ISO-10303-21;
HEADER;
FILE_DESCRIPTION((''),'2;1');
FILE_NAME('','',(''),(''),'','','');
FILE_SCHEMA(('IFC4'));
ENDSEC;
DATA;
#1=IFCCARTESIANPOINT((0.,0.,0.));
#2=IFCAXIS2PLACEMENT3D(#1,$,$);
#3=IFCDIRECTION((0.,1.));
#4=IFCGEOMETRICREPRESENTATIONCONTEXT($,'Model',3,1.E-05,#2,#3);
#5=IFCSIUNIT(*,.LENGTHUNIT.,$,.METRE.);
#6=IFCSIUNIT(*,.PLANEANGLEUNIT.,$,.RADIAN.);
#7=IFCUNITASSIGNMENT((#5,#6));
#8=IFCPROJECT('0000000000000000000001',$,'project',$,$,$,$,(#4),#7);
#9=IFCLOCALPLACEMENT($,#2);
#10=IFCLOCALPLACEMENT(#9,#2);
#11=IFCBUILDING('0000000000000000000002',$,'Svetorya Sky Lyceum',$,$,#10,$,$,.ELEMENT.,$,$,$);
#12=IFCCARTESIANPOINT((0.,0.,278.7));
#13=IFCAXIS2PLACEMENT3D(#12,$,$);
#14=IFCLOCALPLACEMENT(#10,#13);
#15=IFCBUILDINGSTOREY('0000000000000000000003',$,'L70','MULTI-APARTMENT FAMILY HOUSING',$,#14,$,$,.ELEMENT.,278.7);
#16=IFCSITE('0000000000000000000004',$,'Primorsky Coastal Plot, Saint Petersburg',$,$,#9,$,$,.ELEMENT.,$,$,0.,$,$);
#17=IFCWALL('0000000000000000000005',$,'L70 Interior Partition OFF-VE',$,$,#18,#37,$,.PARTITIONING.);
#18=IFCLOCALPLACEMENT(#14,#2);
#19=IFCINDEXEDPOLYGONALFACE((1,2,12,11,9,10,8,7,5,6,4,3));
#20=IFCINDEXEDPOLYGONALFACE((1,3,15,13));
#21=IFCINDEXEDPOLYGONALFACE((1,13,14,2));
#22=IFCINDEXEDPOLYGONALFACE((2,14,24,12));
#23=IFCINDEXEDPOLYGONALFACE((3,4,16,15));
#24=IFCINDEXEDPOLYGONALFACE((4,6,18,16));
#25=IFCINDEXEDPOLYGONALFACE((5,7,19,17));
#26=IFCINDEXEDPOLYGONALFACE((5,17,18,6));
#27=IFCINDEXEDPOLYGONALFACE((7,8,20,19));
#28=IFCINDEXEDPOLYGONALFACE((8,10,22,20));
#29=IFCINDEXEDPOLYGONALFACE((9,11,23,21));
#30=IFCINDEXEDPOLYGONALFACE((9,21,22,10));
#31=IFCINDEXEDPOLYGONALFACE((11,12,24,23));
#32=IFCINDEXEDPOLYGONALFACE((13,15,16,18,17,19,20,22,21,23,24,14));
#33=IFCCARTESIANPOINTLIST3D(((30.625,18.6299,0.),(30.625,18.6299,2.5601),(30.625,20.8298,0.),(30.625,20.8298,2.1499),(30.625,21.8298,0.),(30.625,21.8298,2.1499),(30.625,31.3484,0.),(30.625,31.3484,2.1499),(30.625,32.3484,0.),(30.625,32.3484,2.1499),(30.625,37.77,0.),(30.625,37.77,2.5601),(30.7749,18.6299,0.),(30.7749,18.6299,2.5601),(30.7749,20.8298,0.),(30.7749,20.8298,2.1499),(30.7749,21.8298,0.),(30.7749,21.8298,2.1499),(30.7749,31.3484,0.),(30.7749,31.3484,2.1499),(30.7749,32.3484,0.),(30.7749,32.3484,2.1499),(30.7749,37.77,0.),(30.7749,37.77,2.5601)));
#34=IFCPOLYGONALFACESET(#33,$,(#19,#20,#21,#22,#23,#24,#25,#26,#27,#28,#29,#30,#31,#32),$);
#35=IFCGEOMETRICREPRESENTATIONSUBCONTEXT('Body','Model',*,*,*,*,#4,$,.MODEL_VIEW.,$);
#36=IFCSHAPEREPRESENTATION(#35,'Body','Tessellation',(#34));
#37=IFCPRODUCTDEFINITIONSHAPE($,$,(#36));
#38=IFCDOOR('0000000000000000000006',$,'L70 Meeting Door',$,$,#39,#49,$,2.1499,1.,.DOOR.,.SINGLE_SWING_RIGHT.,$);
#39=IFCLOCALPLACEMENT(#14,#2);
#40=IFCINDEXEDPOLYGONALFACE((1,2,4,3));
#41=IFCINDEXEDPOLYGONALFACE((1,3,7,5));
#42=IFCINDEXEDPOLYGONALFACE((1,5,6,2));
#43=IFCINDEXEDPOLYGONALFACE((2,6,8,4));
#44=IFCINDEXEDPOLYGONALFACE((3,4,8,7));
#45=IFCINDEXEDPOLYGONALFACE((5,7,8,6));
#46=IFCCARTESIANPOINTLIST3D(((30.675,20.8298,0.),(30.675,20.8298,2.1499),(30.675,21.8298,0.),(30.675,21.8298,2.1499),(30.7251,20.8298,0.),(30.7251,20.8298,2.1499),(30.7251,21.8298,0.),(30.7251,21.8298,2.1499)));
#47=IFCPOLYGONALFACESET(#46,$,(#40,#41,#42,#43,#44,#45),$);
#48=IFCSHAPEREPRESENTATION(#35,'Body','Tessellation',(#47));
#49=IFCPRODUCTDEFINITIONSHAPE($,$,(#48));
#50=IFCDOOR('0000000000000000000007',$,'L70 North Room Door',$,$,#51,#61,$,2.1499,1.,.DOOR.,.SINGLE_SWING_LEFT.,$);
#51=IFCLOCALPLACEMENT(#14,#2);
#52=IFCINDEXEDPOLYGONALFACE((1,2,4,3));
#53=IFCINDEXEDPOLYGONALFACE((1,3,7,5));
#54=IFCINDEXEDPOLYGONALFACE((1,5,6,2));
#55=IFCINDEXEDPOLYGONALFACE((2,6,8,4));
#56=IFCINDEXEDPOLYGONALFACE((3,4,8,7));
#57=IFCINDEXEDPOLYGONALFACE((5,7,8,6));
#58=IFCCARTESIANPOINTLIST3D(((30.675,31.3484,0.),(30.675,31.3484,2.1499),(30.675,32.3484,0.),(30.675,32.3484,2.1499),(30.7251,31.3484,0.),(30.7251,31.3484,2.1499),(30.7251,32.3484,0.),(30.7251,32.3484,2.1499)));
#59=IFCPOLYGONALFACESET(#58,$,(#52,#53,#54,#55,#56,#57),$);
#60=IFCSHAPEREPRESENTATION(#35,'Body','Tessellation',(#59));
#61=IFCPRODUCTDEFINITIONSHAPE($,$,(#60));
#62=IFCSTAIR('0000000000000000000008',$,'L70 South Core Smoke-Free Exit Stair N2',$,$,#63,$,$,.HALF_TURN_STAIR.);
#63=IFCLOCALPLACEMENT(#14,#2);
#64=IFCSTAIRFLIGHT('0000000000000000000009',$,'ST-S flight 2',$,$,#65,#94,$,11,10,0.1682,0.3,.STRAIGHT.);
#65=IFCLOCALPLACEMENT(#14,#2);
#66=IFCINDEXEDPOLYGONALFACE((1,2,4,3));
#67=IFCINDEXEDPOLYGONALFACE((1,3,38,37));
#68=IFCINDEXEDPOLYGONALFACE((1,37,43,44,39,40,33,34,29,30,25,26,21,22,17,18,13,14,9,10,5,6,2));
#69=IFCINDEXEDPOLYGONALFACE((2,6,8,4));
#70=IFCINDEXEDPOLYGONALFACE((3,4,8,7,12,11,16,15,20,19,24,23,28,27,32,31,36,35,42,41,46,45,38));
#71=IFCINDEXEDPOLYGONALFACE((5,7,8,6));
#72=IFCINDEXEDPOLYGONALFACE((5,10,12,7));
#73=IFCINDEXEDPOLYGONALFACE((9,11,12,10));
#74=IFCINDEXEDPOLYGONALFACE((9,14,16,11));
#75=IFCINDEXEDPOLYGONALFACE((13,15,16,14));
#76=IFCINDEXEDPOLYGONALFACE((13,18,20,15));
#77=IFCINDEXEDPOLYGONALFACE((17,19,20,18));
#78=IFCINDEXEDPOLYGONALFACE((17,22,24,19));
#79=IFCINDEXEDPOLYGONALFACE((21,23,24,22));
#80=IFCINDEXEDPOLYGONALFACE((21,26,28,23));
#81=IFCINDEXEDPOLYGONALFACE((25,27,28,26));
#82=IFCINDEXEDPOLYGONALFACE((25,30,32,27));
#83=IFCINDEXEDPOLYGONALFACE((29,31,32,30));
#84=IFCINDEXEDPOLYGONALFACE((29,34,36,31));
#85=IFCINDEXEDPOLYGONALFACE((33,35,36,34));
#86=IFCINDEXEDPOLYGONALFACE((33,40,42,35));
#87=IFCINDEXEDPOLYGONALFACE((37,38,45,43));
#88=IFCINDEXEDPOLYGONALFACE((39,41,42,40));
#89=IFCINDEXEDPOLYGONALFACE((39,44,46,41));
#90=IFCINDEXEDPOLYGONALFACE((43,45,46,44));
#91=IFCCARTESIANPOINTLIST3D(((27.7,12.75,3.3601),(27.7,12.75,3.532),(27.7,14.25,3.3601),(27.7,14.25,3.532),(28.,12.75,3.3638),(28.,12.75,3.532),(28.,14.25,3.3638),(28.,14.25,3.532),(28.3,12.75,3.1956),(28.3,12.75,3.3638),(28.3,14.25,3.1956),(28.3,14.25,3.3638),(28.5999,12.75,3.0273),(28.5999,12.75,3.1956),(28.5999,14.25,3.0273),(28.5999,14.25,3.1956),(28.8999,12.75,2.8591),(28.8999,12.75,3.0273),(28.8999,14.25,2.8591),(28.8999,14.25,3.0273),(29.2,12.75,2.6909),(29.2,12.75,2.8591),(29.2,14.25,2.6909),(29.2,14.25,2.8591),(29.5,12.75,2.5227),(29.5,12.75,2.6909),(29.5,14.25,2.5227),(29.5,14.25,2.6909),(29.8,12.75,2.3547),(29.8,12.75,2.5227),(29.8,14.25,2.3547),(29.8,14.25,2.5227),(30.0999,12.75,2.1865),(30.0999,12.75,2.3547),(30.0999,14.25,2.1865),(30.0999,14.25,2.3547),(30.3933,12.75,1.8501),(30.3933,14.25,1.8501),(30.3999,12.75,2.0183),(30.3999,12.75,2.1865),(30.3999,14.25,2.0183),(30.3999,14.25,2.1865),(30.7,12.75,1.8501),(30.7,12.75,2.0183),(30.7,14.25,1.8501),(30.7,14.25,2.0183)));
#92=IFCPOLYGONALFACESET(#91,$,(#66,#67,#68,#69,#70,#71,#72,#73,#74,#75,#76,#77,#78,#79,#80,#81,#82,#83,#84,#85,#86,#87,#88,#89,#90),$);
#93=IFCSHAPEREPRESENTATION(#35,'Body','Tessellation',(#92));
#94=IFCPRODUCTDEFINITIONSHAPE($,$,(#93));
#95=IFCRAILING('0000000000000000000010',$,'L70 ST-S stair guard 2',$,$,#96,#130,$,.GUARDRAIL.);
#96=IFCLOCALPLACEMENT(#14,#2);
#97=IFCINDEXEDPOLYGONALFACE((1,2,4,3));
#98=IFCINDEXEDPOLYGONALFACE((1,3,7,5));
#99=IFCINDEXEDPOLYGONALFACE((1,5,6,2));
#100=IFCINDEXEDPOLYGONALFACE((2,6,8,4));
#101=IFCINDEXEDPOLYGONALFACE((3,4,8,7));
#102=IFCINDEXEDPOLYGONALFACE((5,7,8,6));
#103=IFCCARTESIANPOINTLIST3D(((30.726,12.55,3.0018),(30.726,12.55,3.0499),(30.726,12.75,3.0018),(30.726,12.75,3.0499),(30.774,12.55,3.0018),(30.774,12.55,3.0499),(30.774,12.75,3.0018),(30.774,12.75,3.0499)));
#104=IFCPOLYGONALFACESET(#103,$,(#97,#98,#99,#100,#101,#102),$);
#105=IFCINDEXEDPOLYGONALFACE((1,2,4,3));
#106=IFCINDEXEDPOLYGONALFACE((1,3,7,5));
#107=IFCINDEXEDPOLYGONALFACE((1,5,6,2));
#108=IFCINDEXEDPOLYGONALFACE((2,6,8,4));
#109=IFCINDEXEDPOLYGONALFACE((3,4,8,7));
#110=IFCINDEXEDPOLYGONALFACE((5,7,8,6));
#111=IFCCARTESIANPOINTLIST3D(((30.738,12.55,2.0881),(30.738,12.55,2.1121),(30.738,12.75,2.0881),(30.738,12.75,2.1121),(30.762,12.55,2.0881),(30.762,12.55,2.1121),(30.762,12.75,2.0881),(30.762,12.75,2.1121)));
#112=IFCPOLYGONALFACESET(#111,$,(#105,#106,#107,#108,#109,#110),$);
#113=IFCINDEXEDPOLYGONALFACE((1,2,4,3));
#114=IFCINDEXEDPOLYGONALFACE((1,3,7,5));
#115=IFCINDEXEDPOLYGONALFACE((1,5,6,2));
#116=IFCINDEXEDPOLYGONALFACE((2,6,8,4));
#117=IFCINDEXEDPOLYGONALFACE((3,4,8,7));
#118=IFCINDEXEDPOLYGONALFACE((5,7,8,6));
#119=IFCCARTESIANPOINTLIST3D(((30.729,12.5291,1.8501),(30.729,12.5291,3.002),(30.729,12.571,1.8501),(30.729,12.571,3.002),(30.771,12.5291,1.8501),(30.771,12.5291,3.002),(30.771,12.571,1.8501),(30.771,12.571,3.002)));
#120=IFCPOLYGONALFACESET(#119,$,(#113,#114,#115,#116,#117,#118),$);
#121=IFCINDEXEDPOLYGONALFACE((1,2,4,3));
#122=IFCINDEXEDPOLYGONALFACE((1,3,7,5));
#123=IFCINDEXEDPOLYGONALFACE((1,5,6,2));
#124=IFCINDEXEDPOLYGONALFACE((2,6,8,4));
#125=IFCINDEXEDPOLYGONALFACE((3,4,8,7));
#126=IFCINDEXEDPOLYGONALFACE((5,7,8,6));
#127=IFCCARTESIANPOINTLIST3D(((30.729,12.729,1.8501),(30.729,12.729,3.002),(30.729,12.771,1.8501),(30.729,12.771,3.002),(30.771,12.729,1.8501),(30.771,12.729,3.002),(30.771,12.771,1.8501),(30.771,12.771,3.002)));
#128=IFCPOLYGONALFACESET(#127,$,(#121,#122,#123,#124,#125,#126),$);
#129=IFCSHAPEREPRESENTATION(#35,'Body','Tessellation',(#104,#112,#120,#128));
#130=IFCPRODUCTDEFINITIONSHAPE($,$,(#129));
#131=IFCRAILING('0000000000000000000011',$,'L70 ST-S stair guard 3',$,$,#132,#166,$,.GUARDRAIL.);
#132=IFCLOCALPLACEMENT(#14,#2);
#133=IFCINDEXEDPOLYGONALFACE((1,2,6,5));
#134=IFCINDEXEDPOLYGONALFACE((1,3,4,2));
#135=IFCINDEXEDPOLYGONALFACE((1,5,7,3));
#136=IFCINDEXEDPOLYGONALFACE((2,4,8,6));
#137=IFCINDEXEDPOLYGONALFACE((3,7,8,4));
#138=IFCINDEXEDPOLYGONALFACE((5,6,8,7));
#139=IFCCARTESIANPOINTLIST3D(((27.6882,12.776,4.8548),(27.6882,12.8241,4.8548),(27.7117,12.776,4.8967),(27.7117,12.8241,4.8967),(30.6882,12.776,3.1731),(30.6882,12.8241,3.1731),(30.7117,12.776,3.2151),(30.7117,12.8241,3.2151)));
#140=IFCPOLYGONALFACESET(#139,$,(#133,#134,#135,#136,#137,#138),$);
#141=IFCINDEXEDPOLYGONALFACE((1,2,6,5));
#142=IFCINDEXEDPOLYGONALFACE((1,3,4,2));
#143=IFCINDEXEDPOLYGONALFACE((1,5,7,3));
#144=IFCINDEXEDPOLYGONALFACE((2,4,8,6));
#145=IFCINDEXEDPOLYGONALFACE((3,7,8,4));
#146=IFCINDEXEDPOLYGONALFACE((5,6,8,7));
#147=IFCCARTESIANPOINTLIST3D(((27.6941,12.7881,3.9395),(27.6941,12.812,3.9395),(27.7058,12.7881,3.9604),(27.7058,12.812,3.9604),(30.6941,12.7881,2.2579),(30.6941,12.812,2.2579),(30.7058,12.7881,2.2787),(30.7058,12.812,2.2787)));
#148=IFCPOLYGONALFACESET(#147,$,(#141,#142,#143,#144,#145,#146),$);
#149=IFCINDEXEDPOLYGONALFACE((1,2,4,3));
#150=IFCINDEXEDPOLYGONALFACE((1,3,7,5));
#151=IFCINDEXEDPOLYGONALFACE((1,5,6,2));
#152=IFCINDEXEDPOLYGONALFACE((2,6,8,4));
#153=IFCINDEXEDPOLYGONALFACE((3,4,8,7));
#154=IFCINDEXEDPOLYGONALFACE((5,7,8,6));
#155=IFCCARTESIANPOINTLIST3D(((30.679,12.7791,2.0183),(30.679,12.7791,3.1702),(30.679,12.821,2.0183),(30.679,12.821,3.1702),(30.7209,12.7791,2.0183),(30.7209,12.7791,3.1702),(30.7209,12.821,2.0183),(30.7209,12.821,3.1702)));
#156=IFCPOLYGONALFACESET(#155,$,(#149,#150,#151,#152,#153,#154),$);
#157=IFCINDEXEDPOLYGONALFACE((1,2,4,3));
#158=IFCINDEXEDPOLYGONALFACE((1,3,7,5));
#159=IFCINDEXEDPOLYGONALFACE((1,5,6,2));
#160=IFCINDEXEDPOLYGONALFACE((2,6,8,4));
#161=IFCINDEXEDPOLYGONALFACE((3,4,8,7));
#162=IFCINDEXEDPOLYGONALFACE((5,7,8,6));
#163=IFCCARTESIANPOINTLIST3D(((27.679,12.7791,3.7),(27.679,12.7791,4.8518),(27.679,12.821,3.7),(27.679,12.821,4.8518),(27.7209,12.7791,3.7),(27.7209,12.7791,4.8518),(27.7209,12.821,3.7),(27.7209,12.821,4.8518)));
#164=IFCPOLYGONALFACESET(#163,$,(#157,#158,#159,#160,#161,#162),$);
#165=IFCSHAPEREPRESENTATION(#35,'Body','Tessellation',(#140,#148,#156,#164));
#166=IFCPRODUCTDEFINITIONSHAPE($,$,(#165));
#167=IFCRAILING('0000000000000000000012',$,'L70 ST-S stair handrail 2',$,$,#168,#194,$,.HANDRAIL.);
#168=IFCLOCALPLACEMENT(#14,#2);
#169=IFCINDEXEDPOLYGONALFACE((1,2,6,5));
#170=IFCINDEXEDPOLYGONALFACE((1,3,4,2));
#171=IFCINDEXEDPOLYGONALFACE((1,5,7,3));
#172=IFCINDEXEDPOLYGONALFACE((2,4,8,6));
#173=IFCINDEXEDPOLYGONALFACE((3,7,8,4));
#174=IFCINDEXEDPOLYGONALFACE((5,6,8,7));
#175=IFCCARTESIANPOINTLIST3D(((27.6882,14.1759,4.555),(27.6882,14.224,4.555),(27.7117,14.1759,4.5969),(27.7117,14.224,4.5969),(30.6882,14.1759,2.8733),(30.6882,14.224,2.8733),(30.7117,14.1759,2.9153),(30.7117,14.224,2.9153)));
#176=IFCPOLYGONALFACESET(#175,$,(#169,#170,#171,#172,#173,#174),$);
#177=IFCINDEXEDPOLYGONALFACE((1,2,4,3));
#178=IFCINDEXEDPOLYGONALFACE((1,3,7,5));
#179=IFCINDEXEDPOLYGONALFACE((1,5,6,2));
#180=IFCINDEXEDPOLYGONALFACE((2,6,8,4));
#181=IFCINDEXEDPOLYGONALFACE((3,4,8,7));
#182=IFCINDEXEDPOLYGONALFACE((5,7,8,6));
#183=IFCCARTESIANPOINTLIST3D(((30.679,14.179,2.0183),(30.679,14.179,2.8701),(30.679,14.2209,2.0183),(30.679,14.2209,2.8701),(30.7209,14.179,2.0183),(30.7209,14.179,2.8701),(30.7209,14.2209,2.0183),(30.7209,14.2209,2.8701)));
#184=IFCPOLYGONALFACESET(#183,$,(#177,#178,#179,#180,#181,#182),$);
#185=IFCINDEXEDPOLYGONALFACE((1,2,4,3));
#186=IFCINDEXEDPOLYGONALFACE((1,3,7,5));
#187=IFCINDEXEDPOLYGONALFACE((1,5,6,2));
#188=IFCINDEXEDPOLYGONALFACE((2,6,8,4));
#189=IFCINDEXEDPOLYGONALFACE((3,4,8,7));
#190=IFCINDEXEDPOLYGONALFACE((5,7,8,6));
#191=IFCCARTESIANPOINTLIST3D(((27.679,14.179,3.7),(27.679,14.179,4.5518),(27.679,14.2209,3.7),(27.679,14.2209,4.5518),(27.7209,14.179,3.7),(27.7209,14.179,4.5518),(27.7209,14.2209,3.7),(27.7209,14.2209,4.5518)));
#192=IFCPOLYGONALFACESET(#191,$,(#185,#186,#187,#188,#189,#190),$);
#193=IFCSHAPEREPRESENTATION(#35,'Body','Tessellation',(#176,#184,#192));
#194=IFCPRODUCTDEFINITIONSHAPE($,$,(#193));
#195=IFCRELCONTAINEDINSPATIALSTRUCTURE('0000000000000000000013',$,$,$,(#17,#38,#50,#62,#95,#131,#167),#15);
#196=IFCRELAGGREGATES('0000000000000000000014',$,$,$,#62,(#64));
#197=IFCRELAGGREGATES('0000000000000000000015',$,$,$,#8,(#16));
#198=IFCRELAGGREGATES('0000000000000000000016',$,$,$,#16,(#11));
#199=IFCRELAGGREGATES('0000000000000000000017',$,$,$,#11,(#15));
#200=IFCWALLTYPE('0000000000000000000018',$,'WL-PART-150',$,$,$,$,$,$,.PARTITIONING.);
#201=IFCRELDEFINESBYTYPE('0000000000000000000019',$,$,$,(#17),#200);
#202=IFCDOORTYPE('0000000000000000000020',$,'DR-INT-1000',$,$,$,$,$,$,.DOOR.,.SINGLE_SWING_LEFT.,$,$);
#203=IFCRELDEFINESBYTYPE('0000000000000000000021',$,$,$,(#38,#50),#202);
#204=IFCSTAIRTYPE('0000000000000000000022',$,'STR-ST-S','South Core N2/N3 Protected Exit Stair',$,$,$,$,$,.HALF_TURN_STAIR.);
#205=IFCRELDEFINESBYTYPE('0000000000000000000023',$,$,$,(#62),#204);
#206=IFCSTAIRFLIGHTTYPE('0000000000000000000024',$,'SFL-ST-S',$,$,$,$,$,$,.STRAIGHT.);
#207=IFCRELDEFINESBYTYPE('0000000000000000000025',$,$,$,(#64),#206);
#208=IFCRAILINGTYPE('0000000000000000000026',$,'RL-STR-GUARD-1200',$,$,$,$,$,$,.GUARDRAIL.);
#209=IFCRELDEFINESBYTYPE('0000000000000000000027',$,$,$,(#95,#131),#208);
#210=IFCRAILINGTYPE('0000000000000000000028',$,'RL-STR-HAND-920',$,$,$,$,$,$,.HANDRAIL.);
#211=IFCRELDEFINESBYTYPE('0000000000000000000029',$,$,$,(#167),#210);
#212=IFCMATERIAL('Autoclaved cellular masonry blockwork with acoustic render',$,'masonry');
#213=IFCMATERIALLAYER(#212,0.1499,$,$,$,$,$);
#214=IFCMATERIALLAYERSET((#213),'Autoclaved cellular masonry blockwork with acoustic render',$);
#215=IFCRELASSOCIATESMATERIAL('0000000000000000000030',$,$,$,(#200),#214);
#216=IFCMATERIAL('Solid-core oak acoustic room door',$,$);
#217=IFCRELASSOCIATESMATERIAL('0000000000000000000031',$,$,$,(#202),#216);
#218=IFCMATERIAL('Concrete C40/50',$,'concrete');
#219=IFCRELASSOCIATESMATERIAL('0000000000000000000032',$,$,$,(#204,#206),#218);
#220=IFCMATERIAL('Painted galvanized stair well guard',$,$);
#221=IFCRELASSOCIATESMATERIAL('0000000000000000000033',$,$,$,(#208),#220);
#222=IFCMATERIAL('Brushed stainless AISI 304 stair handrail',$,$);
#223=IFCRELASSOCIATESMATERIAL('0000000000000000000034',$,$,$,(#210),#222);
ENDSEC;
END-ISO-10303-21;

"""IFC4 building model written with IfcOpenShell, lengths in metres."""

from ifc_helpers import new_model, si_unit, direction, frame, frame_2d, origin, origin_2d, place, context, subcontext, project, spatial, polyline, rectangle, outline, extrude, material, layer, layer_set, type_object, element, fill, aggregate, save


model = new_model("IFC4")

# Units and contexts
model_context = context("Model", 3, precision=1e-05, world=origin(), true_north=direction((0.0, 1.0)))
body_context = subcontext(model_context, "Body", "Model", "MODEL_VIEW")
ifc_project = project(units=[si_unit("LENGTHUNIT", "METRE"), si_unit("PLANEANGLEUNIT", "RADIAN")], contexts=[model_context])

# Site, building, storey
site_placement = place(None, origin())
site = spatial("IfcSite", under=ifc_project, at=site_placement, Name="Primorsky Coastal Plot, Saint Petersburg", CompositionType="ELEMENT", RefElevation=0.0)
building_placement = place(site_placement, origin())
building = spatial("IfcBuilding", under=site, at=building_placement, Name="Svetorya Sky Lyceum", CompositionType="ELEMENT")
storey_placement = place(building_placement, frame((0.0, 0.0, 278.7)))
storey = spatial("IfcBuildingStorey", under=building, at=storey_placement, Name="L70", Description="MULTI-APARTMENT FAMILY HOUSING", CompositionType="ELEMENT", Elevation=278.7)

# Shared definitions
ifc_material_1 = material(Name="Concrete C40/50", Category="concrete")
ifc_material_2 = material(Name="Autoclaved cellular masonry blockwork with acoustic render", Category="masonry")
ifc_layer_1 = layer(ifc_material_2, 0.1499)
ifc_layer_set_1 = layer_set([ifc_layer_1], Name="Autoclaved cellular masonry blockwork with acoustic render")
wall_type_1 = type_object("IfcWallType", Name="WL-PART-150", PredefinedType="PARTITIONING", material=ifc_layer_set_1)

# Shared definitions
ifc_material_3 = material(Name="Solid-core oak acoustic room door")
door_type_1 = type_object("IfcDoorType", Name="DR-INT-1000", OperationType="SINGLE_SWING_LEFT", PredefinedType="DOOR", material=ifc_material_3)

# Wall, openings, doors
wall_1_placement = place(storey_placement, frame((30.7, 18.6299, 0.0), z_axis=(0.0, 0.0, 1.0), x_axis=(0.0, 1.0, 0.0)))
wall_1 = element("IfcWall", 1, at=wall_1_placement, inside=storey, type_object=wall_type_1, Name="L70 Interior Partition OFF-VE", PredefinedType="PARTITIONING", context=body_context, shape_type="SweptSolid", body=[
    extrude(rectangle(XDim=19.1401, YDim=0.1499, at=frame_2d((9.5701, 0.0))), origin(), (0.0, 0.0, 1.0), 2.5601),
])
opening_1_placement = place(wall_1_placement, frame((2.2, 0.0, 0.0)))
opening_1 = element("IfcOpeningElement", 2, at=opening_1_placement, cuts=wall_1, PredefinedType="OPENING", context=body_context, shape_type="SweptSolid", body=[
    extrude(rectangle(XDim=1.0, YDim=2.1499, at=frame_2d((0.5, 1.075))), frame((0.0, 0.085, 0.0), z_axis=(0.0, -1.0, 0.0), x_axis=(1.0, 0.0, 0.0)), (0.0, 0.0, 1.0), 0.1699),
])
opening_2_placement = place(wall_1_placement, frame((12.7185, 0.0, 0.0)))
opening_2 = element("IfcOpeningElement", 3, at=opening_2_placement, cuts=wall_1, PredefinedType="OPENING", context=body_context, shape_type="SweptSolid", body=[
    extrude(rectangle(XDim=1.0, YDim=2.1499, at=frame_2d((0.5, 1.075))), frame((0.0, 0.085, 0.0), z_axis=(0.0, -1.0, 0.0), x_axis=(1.0, 0.0, 0.0)), (0.0, 0.0, 1.0), 0.1699),
])
door_1_placement = place(opening_1_placement, origin())
door_1 = element("IfcDoor", 4, at=door_1_placement, inside=storey, type_object=door_type_1, Name="L70 Meeting Door", OperationType="SINGLE_SWING_RIGHT", OverallHeight=2.1499, OverallWidth=1.0, PredefinedType="DOOR", context=body_context, shape_type="SweptSolid", body=[
    extrude(rectangle(XDim=1.0, YDim=2.1499, at=frame_2d((0.5, 1.075))), frame((0.0, 0.0249, 0.0), z_axis=(0.0, -1.0, 0.0), x_axis=(1.0, 0.0, 0.0)), (0.0, 0.0, 1.0), 0.05),
])
fill(opening_1, door_1)
door_2_placement = place(opening_2_placement, origin())
door_2 = element("IfcDoor", 5, at=door_2_placement, inside=storey, type_object=door_type_1, Name="L70 North Room Door", OperationType="SINGLE_SWING_LEFT", OverallHeight=2.1499, OverallWidth=1.0, PredefinedType="DOOR", context=body_context, shape_type="SweptSolid", body=[
    extrude(rectangle(XDim=1.0, YDim=2.1499, at=frame_2d((0.5, 1.075))), frame((0.0, 0.0249, 0.0), z_axis=(0.0, -1.0, 0.0), x_axis=(1.0, 0.0, 0.0)), (0.0, 0.0, 1.0), 0.05),
])
fill(opening_2, door_2)

# Stair, stair flight
stair_type = type_object("IfcStairType", Name="STR-ST-S", Description="South Core N2/N3 Protected Exit Stair", PredefinedType="HALF_TURN_STAIR", material=ifc_material_1)
stair_placement = place(storey_placement, origin())
stair = element("IfcStair", 6, at=stair_placement, inside=storey, type_object=stair_type, Name="L70 South Core Smoke-Free Exit Stair N2", PredefinedType="HALF_TURN_STAIR")
stair_flight_type = type_object("IfcStairFlightType", Name="SFL-ST-S", PredefinedType="STRAIGHT", material=ifc_material_1)
stair_flight_placement = place(storey_placement, frame((30.7, 13.5, 1.8501), z_axis=(0.0, 0.0, 1.0), x_axis=(-1.0, 0.0, 0.0)))
stair_flight = element("IfcStairFlight", 7, at=stair_flight_placement, type_object=stair_flight_type, Name="ST-S flight 2", NumberOfRisers=11, NumberOfTreads=10, PredefinedType="STRAIGHT", RiserHeight=0.1682, TreadLength=0.3, context=body_context, shape_type="SweptSolid", body=[
    extrude(outline(polyline([(0.0, 0.0), (0.0, 0.1682), (0.3, 0.1682), (0.3, 0.3364), (0.6001, 0.3364), (0.6001, 0.5046), (0.8999, 0.5046), (0.8999, 0.6726), (1.2, 0.6726), (1.2, 0.8408), (1.5, 0.8408), (1.5, 1.009), (1.8, 1.009), (1.8, 1.1772), (2.1001, 1.1772), (2.1001, 1.3455), (2.3999, 1.3455), (2.3999, 1.5137), (2.7, 1.5137), (2.7, 1.6819), (3.0, 1.6819), (3.0, 1.8501), (3.0, 1.51), (0.3066, 0.0), (0.0, 0.0)])), frame((0.0, 0.75, 0.0), z_axis=(0.0, -1.0, 0.0), x_axis=(1.0, 0.0, 0.0)), (0.0, 0.0, 1.0), 1.5),
])
aggregate(stair, [stair_flight])

# Railings
ifc_material_4 = material(Name="Painted galvanized stair well guard")
railing_type_1 = type_object("IfcRailingType", Name="RL-STR-GUARD-1200", PredefinedType="GUARDRAIL", material=ifc_material_4)
railing_1_placement = place(storey_placement, frame((30.75, 12.55, 1.8501)))
element("IfcRailing", 8, at=railing_1_placement, inside=storey, type_object=railing_type_1, Name="L70 ST-S stair guard 2", PredefinedType="GUARDRAIL", context=body_context, shape_type="SweptSolid", body=[
    extrude(rectangle(XDim=0.0481, YDim=0.0481, at=origin_2d()), frame((0.0, 0.0, 1.1758), z_axis=(0.0, 1.0, 0.0), x_axis=(-1.0, 0.0, 0.0)), (0.0, 0.0, 1.0), 0.2),
    extrude(rectangle(XDim=0.0239, YDim=0.0239, at=origin_2d()), frame((0.0, 0.0, 0.25), z_axis=(0.0, 1.0, 0.0), x_axis=(-1.0, 0.0, 0.0)), (0.0, 0.0, 1.0), 0.2),
    extrude(rectangle(XDim=0.042, YDim=0.042, at=origin_2d()), origin(), (0.0, 0.0, 1.0), 1.1519),
    extrude(rectangle(XDim=0.042, YDim=0.042, at=origin_2d()), frame((0.0, 0.2, 0.0)), (0.0, 0.0, 1.0), 1.1519),
])
railing_2_placement = place(storey_placement, frame((30.7, 12.8, 2.0183)))
element("IfcRailing", 9, at=railing_2_placement, inside=storey, type_object=railing_type_1, Name="L70 ST-S stair guard 3", PredefinedType="GUARDRAIL", context=body_context, shape_type="SweptSolid", body=[
    extrude(rectangle(XDim=0.0481, YDim=0.0481, at=origin_2d()), frame((0.0, 0.0, 1.1758), z_axis=(-0.872303, 0.0, 0.488966), x_axis=(0.0, -1.0, 0.0)), (0.0, 0.0, 1.0), 3.4392),
    extrude(rectangle(XDim=0.0239, YDim=0.0239, at=origin_2d()), frame((0.0, 0.0, 0.25), z_axis=(-0.872303, 0.0, 0.488966), x_axis=(0.0, -1.0, 0.0)), (0.0, 0.0, 1.0), 3.4392),
    extrude(rectangle(XDim=0.042, YDim=0.042, at=origin_2d()), origin(), (0.0, 0.0, 1.0), 1.1519),
    extrude(rectangle(XDim=0.042, YDim=0.042, at=origin_2d()), frame((-3.0, 0.0, 1.6816)), (0.0, 0.0, 1.0), 1.1519),
])
ifc_material_5 = material(Name="Brushed stainless AISI 304 stair handrail")
railing_type_2 = type_object("IfcRailingType", Name="RL-STR-HAND-920", PredefinedType="HANDRAIL", material=ifc_material_5)
railing_3_placement = place(storey_placement, frame((30.7, 14.2, 2.0183)))
element("IfcRailing", 10, at=railing_3_placement, inside=storey, type_object=railing_type_2, Name="L70 ST-S stair handrail 2", PredefinedType="HANDRAIL", context=body_context, shape_type="SweptSolid", body=[
    extrude(rectangle(XDim=0.0481, YDim=0.0481, at=origin_2d()), frame((0.0, 0.0, 0.876), z_axis=(-0.872303, 0.0, 0.488966), x_axis=(0.0, -1.0, 0.0)), (0.0, 0.0, 1.0), 3.4392),
    extrude(rectangle(XDim=0.042, YDim=0.042, at=origin_2d()), origin(), (0.0, 0.0, 1.0), 0.8518),
    extrude(rectangle(XDim=0.042, YDim=0.042, at=origin_2d()), frame((-3.0, 0.0, 1.6816)), (0.0, 0.0, 1.0), 0.8518),
])

save(model, "model.ifc")
